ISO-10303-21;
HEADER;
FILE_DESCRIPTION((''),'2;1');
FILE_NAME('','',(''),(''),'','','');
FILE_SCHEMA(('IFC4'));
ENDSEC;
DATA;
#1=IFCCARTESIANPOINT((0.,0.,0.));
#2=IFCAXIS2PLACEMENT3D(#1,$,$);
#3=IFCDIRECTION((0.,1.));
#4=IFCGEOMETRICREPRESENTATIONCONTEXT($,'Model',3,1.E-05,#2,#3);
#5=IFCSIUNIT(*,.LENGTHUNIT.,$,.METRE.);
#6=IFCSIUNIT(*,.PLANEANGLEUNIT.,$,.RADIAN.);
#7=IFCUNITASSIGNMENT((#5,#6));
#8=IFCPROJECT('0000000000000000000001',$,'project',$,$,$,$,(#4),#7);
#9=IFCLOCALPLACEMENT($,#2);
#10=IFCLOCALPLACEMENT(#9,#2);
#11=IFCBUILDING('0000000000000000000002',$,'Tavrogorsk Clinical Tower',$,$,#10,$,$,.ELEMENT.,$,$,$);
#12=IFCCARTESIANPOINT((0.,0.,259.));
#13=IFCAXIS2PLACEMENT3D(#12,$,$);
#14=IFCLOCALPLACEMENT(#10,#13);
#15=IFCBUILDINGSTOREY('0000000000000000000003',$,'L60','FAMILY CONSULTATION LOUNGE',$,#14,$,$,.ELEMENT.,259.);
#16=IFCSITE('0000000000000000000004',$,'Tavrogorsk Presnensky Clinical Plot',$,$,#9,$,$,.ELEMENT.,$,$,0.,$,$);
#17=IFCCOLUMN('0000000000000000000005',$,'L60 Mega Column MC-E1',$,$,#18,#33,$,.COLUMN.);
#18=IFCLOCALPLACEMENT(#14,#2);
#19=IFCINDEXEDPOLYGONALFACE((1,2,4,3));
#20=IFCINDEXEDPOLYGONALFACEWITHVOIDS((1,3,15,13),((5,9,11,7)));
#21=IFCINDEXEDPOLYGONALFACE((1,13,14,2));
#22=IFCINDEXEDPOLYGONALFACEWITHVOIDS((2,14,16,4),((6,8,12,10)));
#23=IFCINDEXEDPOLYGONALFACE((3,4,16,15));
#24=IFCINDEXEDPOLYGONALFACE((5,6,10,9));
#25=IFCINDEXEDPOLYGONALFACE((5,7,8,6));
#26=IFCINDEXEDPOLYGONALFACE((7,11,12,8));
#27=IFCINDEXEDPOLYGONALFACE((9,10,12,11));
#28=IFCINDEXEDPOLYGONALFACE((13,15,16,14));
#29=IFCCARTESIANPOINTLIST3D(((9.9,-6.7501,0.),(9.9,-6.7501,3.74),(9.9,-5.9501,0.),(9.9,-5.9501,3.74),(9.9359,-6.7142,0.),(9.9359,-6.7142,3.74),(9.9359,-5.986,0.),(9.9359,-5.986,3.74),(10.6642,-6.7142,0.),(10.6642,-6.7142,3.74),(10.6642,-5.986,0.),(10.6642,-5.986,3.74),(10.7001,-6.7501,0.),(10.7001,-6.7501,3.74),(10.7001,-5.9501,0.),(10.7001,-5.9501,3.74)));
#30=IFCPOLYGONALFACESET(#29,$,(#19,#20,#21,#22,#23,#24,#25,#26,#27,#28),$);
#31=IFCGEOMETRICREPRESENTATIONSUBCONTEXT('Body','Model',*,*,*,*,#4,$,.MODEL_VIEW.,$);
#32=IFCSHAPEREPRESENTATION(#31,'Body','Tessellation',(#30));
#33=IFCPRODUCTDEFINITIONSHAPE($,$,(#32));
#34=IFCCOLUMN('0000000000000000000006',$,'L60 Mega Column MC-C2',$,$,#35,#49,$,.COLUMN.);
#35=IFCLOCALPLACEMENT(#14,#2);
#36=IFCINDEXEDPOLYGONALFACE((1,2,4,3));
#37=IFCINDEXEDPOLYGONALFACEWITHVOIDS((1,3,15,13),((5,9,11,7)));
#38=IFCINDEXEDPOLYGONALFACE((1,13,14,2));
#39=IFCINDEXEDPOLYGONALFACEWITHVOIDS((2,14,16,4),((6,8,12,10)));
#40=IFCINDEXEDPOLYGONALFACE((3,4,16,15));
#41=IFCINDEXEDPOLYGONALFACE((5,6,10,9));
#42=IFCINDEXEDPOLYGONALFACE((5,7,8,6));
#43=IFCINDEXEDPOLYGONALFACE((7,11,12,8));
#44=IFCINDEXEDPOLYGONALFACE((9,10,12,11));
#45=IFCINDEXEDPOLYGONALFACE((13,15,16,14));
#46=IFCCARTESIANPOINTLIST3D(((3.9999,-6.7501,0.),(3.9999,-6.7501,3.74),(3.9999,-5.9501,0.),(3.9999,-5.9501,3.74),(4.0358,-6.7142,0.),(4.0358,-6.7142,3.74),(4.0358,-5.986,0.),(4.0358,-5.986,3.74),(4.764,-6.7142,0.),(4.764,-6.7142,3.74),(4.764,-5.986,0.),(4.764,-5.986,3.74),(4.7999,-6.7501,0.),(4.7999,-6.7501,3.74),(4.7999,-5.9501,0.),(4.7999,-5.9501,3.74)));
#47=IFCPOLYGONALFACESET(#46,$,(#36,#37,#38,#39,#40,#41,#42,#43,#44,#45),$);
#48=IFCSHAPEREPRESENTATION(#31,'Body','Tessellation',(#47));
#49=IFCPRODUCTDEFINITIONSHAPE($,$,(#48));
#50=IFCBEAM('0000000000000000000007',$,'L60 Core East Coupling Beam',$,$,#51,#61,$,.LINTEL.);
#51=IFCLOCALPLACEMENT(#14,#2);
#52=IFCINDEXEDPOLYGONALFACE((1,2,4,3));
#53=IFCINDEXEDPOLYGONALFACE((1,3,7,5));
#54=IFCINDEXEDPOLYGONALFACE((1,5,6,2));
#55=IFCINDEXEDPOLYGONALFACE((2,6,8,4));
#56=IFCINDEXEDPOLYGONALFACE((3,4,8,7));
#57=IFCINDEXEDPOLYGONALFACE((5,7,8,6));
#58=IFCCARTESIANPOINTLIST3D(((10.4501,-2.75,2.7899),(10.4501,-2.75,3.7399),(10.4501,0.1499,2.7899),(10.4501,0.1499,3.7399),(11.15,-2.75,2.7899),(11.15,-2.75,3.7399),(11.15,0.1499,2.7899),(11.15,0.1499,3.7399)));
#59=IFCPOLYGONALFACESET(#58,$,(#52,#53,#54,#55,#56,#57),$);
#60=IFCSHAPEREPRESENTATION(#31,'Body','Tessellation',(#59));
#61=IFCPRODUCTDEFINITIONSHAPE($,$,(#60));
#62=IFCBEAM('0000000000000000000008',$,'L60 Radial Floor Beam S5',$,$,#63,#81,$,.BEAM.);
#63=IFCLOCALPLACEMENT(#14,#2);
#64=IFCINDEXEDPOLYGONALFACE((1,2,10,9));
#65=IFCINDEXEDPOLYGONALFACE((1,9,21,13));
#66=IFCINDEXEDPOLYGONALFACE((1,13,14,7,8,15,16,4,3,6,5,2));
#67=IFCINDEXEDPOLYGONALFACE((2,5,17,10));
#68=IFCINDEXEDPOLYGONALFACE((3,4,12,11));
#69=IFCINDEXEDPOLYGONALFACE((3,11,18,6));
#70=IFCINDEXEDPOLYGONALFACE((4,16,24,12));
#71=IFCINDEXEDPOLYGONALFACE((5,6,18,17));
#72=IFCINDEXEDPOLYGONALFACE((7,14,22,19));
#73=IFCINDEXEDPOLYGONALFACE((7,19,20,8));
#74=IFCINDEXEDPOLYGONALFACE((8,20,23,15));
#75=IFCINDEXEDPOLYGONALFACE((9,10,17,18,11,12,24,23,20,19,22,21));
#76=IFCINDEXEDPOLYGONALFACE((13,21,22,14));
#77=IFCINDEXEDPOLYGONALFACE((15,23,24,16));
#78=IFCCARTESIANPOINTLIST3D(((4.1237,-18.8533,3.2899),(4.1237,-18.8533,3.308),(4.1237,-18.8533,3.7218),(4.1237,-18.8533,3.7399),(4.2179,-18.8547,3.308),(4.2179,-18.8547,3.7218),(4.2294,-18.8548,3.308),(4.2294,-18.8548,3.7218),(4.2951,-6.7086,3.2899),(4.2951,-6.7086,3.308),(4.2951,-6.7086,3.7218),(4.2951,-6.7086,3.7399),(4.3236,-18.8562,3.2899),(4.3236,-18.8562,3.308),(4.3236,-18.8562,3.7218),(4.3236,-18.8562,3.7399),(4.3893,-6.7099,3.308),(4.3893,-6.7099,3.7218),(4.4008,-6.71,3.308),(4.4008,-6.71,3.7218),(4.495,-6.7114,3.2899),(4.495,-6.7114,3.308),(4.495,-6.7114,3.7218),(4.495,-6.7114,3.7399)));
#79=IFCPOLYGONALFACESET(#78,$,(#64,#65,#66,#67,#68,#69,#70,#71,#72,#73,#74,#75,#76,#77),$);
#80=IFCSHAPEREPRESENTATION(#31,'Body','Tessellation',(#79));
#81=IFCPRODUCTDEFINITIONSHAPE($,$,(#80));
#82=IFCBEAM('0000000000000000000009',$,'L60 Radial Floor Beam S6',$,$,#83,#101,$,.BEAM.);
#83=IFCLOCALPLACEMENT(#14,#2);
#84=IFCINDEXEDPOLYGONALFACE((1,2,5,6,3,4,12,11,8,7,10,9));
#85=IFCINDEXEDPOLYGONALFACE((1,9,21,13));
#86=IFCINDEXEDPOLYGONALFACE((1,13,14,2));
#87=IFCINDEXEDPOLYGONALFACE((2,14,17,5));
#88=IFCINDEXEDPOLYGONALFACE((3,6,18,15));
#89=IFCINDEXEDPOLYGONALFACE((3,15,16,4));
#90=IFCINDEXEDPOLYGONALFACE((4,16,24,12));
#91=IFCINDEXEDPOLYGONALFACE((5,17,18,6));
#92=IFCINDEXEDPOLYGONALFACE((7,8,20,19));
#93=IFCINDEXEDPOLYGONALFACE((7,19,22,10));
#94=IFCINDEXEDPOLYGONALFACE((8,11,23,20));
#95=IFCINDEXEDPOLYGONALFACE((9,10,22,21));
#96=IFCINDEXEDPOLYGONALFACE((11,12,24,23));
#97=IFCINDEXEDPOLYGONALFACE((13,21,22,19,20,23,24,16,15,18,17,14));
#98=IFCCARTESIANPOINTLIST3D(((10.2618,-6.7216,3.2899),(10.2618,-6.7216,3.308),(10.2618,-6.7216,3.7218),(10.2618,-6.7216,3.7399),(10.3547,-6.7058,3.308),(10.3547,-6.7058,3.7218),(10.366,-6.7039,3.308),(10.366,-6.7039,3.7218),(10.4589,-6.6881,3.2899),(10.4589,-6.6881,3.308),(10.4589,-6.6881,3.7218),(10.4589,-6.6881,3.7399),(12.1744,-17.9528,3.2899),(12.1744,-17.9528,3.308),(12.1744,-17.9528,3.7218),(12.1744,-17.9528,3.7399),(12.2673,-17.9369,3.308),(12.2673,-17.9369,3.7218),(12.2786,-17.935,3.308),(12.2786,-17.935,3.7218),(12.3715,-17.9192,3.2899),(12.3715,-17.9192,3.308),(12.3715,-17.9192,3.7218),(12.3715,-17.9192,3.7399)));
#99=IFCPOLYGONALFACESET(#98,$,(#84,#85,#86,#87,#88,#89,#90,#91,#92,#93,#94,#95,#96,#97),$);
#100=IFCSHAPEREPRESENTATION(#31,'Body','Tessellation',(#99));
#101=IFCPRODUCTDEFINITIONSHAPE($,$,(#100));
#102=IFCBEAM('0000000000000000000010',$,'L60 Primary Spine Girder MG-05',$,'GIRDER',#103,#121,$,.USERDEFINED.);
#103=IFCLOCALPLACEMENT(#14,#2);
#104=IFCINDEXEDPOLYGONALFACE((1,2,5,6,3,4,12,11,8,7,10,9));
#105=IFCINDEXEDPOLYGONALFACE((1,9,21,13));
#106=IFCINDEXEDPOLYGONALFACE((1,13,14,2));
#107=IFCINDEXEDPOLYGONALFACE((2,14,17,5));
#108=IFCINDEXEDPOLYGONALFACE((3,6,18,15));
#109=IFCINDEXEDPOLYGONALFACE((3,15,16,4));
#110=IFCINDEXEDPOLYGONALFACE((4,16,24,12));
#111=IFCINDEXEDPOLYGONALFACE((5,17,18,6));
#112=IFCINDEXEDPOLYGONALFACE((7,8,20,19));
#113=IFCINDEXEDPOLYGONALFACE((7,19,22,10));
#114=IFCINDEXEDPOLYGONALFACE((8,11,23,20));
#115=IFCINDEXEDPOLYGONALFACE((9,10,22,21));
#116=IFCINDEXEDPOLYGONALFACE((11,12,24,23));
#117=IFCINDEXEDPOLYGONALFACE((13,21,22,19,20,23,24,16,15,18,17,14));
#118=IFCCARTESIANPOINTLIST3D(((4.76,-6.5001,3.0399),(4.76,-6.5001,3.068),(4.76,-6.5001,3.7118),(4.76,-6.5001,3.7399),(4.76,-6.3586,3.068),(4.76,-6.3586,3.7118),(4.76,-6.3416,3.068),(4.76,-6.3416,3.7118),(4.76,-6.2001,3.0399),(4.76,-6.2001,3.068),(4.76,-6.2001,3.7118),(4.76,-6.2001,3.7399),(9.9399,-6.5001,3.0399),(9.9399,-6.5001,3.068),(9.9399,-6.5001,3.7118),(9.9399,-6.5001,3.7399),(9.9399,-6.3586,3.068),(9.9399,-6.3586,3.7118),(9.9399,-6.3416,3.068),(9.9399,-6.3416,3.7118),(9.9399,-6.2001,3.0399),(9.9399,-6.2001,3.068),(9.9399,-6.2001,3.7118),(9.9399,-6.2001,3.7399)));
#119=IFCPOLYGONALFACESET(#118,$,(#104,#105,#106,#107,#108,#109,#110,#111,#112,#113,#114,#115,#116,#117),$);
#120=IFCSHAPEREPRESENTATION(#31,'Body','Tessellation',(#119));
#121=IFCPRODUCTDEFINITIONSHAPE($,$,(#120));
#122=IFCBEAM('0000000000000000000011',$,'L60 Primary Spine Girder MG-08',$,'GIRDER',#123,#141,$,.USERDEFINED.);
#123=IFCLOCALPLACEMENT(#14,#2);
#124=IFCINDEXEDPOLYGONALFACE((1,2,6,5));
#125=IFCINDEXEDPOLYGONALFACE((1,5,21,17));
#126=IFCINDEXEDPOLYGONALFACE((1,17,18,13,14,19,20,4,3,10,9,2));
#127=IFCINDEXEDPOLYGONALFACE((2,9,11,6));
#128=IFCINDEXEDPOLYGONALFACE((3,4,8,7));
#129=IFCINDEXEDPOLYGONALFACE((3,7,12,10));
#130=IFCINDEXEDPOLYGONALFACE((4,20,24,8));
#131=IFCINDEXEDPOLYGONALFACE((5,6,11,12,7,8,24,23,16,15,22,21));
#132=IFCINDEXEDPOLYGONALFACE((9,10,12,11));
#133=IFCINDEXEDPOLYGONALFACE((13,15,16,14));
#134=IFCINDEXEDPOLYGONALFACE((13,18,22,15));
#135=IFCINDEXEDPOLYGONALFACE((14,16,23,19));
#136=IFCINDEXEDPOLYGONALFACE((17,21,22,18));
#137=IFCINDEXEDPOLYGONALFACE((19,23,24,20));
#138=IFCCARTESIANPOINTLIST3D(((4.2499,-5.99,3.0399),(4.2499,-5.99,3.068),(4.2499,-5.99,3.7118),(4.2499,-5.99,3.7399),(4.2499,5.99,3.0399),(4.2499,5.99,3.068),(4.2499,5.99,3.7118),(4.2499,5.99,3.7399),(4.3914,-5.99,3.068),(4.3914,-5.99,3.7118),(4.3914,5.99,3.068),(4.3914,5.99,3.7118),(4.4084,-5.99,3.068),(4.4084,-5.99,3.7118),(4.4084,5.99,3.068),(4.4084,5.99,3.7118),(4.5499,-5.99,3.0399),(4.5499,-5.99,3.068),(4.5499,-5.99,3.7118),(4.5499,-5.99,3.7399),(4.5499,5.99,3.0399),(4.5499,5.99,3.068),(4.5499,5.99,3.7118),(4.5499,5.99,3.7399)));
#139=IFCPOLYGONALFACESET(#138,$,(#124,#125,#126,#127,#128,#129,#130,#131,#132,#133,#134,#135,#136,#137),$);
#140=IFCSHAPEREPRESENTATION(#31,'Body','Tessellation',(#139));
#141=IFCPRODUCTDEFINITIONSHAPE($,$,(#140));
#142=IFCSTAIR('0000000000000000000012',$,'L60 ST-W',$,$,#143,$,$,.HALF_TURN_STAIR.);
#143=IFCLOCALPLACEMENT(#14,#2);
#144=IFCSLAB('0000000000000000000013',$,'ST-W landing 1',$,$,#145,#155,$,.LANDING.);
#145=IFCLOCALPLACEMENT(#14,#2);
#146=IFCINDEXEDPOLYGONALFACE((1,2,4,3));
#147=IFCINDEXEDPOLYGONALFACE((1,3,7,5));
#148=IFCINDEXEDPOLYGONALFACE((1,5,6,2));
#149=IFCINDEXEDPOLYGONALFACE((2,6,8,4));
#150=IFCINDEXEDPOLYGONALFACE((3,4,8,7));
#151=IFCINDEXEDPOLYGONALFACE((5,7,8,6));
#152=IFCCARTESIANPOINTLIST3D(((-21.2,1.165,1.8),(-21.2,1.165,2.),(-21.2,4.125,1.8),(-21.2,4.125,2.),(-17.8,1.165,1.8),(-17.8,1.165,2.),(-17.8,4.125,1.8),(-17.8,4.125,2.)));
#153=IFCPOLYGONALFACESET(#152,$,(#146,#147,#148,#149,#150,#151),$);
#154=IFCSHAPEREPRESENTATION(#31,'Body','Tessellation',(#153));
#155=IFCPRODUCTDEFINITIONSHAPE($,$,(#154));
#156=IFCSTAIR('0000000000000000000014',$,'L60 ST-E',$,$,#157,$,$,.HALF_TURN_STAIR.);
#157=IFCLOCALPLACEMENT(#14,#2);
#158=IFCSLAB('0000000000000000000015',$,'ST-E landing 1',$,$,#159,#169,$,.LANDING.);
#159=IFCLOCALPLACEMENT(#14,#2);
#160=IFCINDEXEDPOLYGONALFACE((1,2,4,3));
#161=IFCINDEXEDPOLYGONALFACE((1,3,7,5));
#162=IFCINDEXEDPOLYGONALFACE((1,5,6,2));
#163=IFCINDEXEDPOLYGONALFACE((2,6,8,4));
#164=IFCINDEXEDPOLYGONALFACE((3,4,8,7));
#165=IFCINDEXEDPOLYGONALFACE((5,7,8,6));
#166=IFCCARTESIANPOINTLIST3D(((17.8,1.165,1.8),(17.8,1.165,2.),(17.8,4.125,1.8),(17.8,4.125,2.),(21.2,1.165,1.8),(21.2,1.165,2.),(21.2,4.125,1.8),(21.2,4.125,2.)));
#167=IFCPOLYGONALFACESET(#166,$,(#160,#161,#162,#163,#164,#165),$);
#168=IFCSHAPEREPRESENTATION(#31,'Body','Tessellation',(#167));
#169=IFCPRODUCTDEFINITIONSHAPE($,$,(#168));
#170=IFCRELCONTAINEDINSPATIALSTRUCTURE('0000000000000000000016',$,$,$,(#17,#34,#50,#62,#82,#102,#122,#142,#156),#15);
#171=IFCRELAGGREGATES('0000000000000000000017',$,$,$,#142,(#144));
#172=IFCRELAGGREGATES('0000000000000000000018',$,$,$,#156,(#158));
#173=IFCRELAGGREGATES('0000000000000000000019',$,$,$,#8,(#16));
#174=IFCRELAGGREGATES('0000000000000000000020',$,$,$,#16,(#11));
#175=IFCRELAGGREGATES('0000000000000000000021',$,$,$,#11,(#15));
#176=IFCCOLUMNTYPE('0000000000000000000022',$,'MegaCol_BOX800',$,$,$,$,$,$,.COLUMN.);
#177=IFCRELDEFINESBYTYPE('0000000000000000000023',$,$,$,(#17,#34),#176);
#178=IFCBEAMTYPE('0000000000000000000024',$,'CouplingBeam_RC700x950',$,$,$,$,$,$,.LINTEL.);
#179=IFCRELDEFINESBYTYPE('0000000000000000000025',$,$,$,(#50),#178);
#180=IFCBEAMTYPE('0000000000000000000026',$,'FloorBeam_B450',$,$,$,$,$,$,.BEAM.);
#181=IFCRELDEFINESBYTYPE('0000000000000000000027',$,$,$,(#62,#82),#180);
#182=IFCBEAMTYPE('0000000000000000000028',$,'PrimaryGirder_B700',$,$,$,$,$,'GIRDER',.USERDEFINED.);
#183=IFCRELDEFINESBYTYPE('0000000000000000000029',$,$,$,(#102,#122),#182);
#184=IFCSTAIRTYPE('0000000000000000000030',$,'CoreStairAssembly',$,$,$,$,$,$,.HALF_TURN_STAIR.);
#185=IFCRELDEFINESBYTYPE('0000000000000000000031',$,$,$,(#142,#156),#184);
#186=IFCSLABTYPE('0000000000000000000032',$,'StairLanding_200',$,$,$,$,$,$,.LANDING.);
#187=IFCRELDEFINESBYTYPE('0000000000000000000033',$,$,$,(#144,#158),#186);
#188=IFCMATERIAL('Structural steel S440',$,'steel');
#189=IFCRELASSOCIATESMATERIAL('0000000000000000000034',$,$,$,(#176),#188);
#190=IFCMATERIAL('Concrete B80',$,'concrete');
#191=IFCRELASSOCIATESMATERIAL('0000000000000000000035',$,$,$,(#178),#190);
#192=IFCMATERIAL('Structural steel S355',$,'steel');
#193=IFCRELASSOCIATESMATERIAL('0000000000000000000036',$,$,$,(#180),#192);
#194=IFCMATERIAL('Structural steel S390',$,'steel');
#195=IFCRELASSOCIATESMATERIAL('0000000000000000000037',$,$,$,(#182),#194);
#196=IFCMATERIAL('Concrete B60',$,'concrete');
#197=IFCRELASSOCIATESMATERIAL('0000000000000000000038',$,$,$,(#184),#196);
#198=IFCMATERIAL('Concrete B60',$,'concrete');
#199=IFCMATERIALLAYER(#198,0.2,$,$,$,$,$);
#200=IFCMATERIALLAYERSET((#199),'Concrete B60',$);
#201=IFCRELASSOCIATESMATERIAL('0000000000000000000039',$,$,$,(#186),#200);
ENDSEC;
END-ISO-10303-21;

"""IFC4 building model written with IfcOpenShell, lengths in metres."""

from ifc_helpers import new_model, si_unit, direction, frame, origin, origin_2d, place, context, subcontext, project, spatial, polyline, rectangle, hollow_rectangle, i_section, outline, extrude, material, layer, layer_set, material_profile, profile_set, type_object, element, aggregate, save


model = new_model("IFC4")

# Units and contexts
model_context = context("Model", 3, precision=1e-05, world=origin(), true_north=direction((0.0, 1.0)))
body_context = subcontext(model_context, "Body", "Model", "MODEL_VIEW")
ifc_project = project(units=[si_unit("LENGTHUNIT", "METRE"), si_unit("PLANEANGLEUNIT", "RADIAN")], contexts=[model_context])

# Site, building, storey
site_placement = place(None, origin())
site = spatial("IfcSite", under=ifc_project, at=site_placement, Name="Tavrogorsk Presnensky Clinical Plot", CompositionType="ELEMENT", RefElevation=0.0)
building_placement = place(site_placement, origin())
building = spatial("IfcBuilding", under=site, at=building_placement, Name="Tavrogorsk Clinical Tower", CompositionType="ELEMENT")
storey_placement = place(building_placement, frame((0.0, 0.0, 259.0)))
storey = spatial("IfcBuildingStorey", under=building, at=storey_placement, Name="L60", Description="FAMILY CONSULTATION LOUNGE", CompositionType="ELEMENT", Elevation=259.0)

# Columns
ifc_material_1 = material(Name="Structural steel S440", Category="steel")
ifc_material_profile_1 = material_profile(ifc_material_1, hollow_rectangle(XDim=0.8, YDim=0.8, WallThickness=0.0359, at=origin_2d()), Name="BOX-800x800x36")
ifc_profile_set_1 = profile_set([ifc_material_profile_1], Name="Structural steel S440")
column_type = type_object("IfcColumnType", Name="MegaCol_BOX800", PredefinedType="COLUMN", material=ifc_profile_set_1)
for number, where, z_axis, x_axis, name in (
    (1, (10.3, -6.3501, 0.0), (0.0, 0.0, 1.0), (1.0, 0.0, 0.0), "L60 Mega Column MC-E1"),
    (2, (4.3999, -6.3501, 0.0), (0.0, 0.0, 1.0), (1.0, 0.0, 0.0), "L60 Mega Column MC-C2"),
):
    element("IfcColumn", number, at=place(storey_placement, frame(where, z_axis=z_axis, x_axis=x_axis)), inside=storey, type_object=column_type, Name=name, PredefinedType="COLUMN", context=body_context, shape_type="SweptSolid", body=[
        extrude(hollow_rectangle(XDim=0.8, YDim=0.8, WallThickness=0.0359, at=origin_2d()), origin(), (0.0, 0.0, 1.0), 3.74),
    ])

# Beams
ifc_material_2 = material(Name="Concrete B80", Category="concrete")
ifc_material_profile_2 = material_profile(ifc_material_2, rectangle(XDim=0.7, YDim=0.95, at=origin_2d()), Name="RC-CB-700x950")
ifc_profile_set_2 = profile_set([ifc_material_profile_2], Name="Concrete B80")
beam_type_1 = type_object("IfcBeamType", Name="CouplingBeam_RC700x950", PredefinedType="LINTEL", material=ifc_profile_set_2)
beam_1_placement = place(storey_placement, frame((10.8, -2.75, 3.2649), z_axis=(0.0, 1.0, 0.0), x_axis=(-1.0, 0.0, 0.0)))
element("IfcBeam", 3, at=beam_1_placement, inside=storey, type_object=beam_type_1, Name="L60 Core East Coupling Beam", PredefinedType="LINTEL", context=body_context, shape_type="SweptSolid", body=[
    extrude(rectangle(XDim=0.7, YDim=0.95, at=origin_2d()), origin(), (0.0, 0.0, 1.0), 2.8999),
])
ifc_material_3 = material(Name="Structural steel S355", Category="steel")
ifc_material_profile_3 = material_profile(ifc_material_3, i_section(OverallWidth=0.2, OverallDepth=0.45, WebThickness=0.0115, FlangeThickness=0.0181, at=origin_2d()), Name="B-450x200x11.5x18")
ifc_profile_set_3 = profile_set([ifc_material_profile_3], Name="Structural steel S355")
beam_type_2 = type_object("IfcBeamType", Name="FloorBeam_B450", PredefinedType="BEAM", material=ifc_profile_set_3)
beam_2_placement = place(storey_placement, frame((4.395, -6.71, 3.5149), z_axis=(-0.014111, -0.9999, 0.0), x_axis=(0.9999, -0.014111, 0.0)))
element("IfcBeam", 4, at=beam_2_placement, inside=storey, type_object=beam_type_2, Name="L60 Radial Floor Beam S5", PredefinedType="BEAM", context=body_context, shape_type="SweptSolid", body=[
    extrude(i_section(OverallWidth=0.2, OverallDepth=0.45, WebThickness=0.0115, FlangeThickness=0.0181, at=origin_2d()), origin(), (0.0, 0.0, 1.0), 12.146),
])
beam_3_placement = place(storey_placement, frame((10.3604, -6.7048, 3.5149), z_axis=(0.167876, -0.985808, 0.0), x_axis=(0.985808, 0.167876, 0.0)))
element("IfcBeam", 5, at=beam_3_placement, inside=storey, type_object=beam_type_2, Name="L60 Radial Floor Beam S6", PredefinedType="BEAM", context=body_context, shape_type="SweptSolid", body=[
    extrude(i_section(OverallWidth=0.2, OverallDepth=0.45, WebThickness=0.0115, FlangeThickness=0.0181, at=origin_2d()), origin(), (0.0, 0.0, 1.0), 11.3928),
])
ifc_material_4 = material(Name="Structural steel S390", Category="steel")
ifc_material_profile_4 = material_profile(ifc_material_4, i_section(OverallWidth=0.3, OverallDepth=0.7, WebThickness=0.0171, FlangeThickness=0.0281, at=origin_2d()), Name="B-700x300x17x28")
ifc_profile_set_4 = profile_set([ifc_material_profile_4], Name="Structural steel S390")
beam_type_3 = type_object("IfcBeamType", Name="PrimaryGirder_B700", ElementType="GIRDER", PredefinedType="USERDEFINED", material=ifc_profile_set_4)
beam_4_placement = place(storey_placement, frame((4.76, -6.3501, 3.3899), z_axis=(1.0, 0.0, 0.0), x_axis=(0.0, 1.0, 0.0)))
element("IfcBeam", 6, at=beam_4_placement, inside=storey, type_object=beam_type_3, Name="L60 Primary Spine Girder MG-05", ObjectType="GIRDER", PredefinedType="USERDEFINED", context=body_context, shape_type="SweptSolid", body=[
    extrude(i_section(OverallWidth=0.3, OverallDepth=0.7, WebThickness=0.0171, FlangeThickness=0.0281, at=origin_2d()), origin(), (0.0, 0.0, 1.0), 5.1799),
])
beam_5_placement = place(storey_placement, frame((4.3999, -5.99, 3.3899), z_axis=(0.0, 1.0, 0.0), x_axis=(-1.0, 0.0, 0.0)))
element("IfcBeam", 7, at=beam_5_placement, inside=storey, type_object=beam_type_3, Name="L60 Primary Spine Girder MG-08", ObjectType="GIRDER", PredefinedType="USERDEFINED", context=body_context, shape_type="SweptSolid", body=[
    extrude(i_section(OverallWidth=0.3, OverallDepth=0.7, WebThickness=0.0171, FlangeThickness=0.0281, at=origin_2d()), origin(), (0.0, 0.0, 1.0), 11.98),
])

# Stairs, slabs
ifc_material_5 = material(Name="Concrete B60", Category="concrete")
stair_type = type_object("IfcStairType", Name="CoreStairAssembly", PredefinedType="HALF_TURN_STAIR", material=ifc_material_5)
stair_1_placement = place(storey_placement, origin())
stair_1 = element("IfcStair", 8, at=stair_1_placement, inside=storey, type_object=stair_type, Name="L60 ST-W", PredefinedType="HALF_TURN_STAIR")
ifc_material_6 = material(Name="Concrete B60", Category="concrete")
ifc_layer_1 = layer(ifc_material_6, 0.2)
ifc_layer_set_1 = layer_set([ifc_layer_1], Name="Concrete B60")
slab_type_1 = type_object("IfcSlabType", Name="StairLanding_200", PredefinedType="LANDING", material=ifc_layer_set_1)
slab_1_placement = place(storey_placement, frame((0.0, 0.0, 1.8)))
slab_1 = element("IfcSlab", 9, at=slab_1_placement, type_object=slab_type_1, Name="ST-W landing 1", PredefinedType="LANDING", context=body_context, shape_type="SweptSolid", body=[
    extrude(outline(polyline([(-17.8, 1.165), (-17.8, 4.125), (-21.2, 4.125), (-21.2, 1.165), (-17.8, 1.165)])), origin(), (0.0, 0.0, 1.0), 0.2),
])
aggregate(stair_1, [slab_1])
stair_2_placement = place(storey_placement, origin())
stair_2 = element("IfcStair", 10, at=stair_2_placement, inside=storey, type_object=stair_type, Name="L60 ST-E", PredefinedType="HALF_TURN_STAIR")
slab_2_placement = place(storey_placement, frame((0.0, 0.0, 1.8)))
slab_2 = element("IfcSlab", 11, at=slab_2_placement, type_object=slab_type_1, Name="ST-E landing 1", PredefinedType="LANDING", context=body_context, shape_type="SweptSolid", body=[
    extrude(outline(polyline([(21.2, 1.165), (21.2, 4.125), (17.8, 4.125), (17.8, 1.165), (21.2, 1.165)])), origin(), (0.0, 0.0, 1.0), 0.2),
])
aggregate(stair_2, [slab_2])

save(model, "model.ifc")
